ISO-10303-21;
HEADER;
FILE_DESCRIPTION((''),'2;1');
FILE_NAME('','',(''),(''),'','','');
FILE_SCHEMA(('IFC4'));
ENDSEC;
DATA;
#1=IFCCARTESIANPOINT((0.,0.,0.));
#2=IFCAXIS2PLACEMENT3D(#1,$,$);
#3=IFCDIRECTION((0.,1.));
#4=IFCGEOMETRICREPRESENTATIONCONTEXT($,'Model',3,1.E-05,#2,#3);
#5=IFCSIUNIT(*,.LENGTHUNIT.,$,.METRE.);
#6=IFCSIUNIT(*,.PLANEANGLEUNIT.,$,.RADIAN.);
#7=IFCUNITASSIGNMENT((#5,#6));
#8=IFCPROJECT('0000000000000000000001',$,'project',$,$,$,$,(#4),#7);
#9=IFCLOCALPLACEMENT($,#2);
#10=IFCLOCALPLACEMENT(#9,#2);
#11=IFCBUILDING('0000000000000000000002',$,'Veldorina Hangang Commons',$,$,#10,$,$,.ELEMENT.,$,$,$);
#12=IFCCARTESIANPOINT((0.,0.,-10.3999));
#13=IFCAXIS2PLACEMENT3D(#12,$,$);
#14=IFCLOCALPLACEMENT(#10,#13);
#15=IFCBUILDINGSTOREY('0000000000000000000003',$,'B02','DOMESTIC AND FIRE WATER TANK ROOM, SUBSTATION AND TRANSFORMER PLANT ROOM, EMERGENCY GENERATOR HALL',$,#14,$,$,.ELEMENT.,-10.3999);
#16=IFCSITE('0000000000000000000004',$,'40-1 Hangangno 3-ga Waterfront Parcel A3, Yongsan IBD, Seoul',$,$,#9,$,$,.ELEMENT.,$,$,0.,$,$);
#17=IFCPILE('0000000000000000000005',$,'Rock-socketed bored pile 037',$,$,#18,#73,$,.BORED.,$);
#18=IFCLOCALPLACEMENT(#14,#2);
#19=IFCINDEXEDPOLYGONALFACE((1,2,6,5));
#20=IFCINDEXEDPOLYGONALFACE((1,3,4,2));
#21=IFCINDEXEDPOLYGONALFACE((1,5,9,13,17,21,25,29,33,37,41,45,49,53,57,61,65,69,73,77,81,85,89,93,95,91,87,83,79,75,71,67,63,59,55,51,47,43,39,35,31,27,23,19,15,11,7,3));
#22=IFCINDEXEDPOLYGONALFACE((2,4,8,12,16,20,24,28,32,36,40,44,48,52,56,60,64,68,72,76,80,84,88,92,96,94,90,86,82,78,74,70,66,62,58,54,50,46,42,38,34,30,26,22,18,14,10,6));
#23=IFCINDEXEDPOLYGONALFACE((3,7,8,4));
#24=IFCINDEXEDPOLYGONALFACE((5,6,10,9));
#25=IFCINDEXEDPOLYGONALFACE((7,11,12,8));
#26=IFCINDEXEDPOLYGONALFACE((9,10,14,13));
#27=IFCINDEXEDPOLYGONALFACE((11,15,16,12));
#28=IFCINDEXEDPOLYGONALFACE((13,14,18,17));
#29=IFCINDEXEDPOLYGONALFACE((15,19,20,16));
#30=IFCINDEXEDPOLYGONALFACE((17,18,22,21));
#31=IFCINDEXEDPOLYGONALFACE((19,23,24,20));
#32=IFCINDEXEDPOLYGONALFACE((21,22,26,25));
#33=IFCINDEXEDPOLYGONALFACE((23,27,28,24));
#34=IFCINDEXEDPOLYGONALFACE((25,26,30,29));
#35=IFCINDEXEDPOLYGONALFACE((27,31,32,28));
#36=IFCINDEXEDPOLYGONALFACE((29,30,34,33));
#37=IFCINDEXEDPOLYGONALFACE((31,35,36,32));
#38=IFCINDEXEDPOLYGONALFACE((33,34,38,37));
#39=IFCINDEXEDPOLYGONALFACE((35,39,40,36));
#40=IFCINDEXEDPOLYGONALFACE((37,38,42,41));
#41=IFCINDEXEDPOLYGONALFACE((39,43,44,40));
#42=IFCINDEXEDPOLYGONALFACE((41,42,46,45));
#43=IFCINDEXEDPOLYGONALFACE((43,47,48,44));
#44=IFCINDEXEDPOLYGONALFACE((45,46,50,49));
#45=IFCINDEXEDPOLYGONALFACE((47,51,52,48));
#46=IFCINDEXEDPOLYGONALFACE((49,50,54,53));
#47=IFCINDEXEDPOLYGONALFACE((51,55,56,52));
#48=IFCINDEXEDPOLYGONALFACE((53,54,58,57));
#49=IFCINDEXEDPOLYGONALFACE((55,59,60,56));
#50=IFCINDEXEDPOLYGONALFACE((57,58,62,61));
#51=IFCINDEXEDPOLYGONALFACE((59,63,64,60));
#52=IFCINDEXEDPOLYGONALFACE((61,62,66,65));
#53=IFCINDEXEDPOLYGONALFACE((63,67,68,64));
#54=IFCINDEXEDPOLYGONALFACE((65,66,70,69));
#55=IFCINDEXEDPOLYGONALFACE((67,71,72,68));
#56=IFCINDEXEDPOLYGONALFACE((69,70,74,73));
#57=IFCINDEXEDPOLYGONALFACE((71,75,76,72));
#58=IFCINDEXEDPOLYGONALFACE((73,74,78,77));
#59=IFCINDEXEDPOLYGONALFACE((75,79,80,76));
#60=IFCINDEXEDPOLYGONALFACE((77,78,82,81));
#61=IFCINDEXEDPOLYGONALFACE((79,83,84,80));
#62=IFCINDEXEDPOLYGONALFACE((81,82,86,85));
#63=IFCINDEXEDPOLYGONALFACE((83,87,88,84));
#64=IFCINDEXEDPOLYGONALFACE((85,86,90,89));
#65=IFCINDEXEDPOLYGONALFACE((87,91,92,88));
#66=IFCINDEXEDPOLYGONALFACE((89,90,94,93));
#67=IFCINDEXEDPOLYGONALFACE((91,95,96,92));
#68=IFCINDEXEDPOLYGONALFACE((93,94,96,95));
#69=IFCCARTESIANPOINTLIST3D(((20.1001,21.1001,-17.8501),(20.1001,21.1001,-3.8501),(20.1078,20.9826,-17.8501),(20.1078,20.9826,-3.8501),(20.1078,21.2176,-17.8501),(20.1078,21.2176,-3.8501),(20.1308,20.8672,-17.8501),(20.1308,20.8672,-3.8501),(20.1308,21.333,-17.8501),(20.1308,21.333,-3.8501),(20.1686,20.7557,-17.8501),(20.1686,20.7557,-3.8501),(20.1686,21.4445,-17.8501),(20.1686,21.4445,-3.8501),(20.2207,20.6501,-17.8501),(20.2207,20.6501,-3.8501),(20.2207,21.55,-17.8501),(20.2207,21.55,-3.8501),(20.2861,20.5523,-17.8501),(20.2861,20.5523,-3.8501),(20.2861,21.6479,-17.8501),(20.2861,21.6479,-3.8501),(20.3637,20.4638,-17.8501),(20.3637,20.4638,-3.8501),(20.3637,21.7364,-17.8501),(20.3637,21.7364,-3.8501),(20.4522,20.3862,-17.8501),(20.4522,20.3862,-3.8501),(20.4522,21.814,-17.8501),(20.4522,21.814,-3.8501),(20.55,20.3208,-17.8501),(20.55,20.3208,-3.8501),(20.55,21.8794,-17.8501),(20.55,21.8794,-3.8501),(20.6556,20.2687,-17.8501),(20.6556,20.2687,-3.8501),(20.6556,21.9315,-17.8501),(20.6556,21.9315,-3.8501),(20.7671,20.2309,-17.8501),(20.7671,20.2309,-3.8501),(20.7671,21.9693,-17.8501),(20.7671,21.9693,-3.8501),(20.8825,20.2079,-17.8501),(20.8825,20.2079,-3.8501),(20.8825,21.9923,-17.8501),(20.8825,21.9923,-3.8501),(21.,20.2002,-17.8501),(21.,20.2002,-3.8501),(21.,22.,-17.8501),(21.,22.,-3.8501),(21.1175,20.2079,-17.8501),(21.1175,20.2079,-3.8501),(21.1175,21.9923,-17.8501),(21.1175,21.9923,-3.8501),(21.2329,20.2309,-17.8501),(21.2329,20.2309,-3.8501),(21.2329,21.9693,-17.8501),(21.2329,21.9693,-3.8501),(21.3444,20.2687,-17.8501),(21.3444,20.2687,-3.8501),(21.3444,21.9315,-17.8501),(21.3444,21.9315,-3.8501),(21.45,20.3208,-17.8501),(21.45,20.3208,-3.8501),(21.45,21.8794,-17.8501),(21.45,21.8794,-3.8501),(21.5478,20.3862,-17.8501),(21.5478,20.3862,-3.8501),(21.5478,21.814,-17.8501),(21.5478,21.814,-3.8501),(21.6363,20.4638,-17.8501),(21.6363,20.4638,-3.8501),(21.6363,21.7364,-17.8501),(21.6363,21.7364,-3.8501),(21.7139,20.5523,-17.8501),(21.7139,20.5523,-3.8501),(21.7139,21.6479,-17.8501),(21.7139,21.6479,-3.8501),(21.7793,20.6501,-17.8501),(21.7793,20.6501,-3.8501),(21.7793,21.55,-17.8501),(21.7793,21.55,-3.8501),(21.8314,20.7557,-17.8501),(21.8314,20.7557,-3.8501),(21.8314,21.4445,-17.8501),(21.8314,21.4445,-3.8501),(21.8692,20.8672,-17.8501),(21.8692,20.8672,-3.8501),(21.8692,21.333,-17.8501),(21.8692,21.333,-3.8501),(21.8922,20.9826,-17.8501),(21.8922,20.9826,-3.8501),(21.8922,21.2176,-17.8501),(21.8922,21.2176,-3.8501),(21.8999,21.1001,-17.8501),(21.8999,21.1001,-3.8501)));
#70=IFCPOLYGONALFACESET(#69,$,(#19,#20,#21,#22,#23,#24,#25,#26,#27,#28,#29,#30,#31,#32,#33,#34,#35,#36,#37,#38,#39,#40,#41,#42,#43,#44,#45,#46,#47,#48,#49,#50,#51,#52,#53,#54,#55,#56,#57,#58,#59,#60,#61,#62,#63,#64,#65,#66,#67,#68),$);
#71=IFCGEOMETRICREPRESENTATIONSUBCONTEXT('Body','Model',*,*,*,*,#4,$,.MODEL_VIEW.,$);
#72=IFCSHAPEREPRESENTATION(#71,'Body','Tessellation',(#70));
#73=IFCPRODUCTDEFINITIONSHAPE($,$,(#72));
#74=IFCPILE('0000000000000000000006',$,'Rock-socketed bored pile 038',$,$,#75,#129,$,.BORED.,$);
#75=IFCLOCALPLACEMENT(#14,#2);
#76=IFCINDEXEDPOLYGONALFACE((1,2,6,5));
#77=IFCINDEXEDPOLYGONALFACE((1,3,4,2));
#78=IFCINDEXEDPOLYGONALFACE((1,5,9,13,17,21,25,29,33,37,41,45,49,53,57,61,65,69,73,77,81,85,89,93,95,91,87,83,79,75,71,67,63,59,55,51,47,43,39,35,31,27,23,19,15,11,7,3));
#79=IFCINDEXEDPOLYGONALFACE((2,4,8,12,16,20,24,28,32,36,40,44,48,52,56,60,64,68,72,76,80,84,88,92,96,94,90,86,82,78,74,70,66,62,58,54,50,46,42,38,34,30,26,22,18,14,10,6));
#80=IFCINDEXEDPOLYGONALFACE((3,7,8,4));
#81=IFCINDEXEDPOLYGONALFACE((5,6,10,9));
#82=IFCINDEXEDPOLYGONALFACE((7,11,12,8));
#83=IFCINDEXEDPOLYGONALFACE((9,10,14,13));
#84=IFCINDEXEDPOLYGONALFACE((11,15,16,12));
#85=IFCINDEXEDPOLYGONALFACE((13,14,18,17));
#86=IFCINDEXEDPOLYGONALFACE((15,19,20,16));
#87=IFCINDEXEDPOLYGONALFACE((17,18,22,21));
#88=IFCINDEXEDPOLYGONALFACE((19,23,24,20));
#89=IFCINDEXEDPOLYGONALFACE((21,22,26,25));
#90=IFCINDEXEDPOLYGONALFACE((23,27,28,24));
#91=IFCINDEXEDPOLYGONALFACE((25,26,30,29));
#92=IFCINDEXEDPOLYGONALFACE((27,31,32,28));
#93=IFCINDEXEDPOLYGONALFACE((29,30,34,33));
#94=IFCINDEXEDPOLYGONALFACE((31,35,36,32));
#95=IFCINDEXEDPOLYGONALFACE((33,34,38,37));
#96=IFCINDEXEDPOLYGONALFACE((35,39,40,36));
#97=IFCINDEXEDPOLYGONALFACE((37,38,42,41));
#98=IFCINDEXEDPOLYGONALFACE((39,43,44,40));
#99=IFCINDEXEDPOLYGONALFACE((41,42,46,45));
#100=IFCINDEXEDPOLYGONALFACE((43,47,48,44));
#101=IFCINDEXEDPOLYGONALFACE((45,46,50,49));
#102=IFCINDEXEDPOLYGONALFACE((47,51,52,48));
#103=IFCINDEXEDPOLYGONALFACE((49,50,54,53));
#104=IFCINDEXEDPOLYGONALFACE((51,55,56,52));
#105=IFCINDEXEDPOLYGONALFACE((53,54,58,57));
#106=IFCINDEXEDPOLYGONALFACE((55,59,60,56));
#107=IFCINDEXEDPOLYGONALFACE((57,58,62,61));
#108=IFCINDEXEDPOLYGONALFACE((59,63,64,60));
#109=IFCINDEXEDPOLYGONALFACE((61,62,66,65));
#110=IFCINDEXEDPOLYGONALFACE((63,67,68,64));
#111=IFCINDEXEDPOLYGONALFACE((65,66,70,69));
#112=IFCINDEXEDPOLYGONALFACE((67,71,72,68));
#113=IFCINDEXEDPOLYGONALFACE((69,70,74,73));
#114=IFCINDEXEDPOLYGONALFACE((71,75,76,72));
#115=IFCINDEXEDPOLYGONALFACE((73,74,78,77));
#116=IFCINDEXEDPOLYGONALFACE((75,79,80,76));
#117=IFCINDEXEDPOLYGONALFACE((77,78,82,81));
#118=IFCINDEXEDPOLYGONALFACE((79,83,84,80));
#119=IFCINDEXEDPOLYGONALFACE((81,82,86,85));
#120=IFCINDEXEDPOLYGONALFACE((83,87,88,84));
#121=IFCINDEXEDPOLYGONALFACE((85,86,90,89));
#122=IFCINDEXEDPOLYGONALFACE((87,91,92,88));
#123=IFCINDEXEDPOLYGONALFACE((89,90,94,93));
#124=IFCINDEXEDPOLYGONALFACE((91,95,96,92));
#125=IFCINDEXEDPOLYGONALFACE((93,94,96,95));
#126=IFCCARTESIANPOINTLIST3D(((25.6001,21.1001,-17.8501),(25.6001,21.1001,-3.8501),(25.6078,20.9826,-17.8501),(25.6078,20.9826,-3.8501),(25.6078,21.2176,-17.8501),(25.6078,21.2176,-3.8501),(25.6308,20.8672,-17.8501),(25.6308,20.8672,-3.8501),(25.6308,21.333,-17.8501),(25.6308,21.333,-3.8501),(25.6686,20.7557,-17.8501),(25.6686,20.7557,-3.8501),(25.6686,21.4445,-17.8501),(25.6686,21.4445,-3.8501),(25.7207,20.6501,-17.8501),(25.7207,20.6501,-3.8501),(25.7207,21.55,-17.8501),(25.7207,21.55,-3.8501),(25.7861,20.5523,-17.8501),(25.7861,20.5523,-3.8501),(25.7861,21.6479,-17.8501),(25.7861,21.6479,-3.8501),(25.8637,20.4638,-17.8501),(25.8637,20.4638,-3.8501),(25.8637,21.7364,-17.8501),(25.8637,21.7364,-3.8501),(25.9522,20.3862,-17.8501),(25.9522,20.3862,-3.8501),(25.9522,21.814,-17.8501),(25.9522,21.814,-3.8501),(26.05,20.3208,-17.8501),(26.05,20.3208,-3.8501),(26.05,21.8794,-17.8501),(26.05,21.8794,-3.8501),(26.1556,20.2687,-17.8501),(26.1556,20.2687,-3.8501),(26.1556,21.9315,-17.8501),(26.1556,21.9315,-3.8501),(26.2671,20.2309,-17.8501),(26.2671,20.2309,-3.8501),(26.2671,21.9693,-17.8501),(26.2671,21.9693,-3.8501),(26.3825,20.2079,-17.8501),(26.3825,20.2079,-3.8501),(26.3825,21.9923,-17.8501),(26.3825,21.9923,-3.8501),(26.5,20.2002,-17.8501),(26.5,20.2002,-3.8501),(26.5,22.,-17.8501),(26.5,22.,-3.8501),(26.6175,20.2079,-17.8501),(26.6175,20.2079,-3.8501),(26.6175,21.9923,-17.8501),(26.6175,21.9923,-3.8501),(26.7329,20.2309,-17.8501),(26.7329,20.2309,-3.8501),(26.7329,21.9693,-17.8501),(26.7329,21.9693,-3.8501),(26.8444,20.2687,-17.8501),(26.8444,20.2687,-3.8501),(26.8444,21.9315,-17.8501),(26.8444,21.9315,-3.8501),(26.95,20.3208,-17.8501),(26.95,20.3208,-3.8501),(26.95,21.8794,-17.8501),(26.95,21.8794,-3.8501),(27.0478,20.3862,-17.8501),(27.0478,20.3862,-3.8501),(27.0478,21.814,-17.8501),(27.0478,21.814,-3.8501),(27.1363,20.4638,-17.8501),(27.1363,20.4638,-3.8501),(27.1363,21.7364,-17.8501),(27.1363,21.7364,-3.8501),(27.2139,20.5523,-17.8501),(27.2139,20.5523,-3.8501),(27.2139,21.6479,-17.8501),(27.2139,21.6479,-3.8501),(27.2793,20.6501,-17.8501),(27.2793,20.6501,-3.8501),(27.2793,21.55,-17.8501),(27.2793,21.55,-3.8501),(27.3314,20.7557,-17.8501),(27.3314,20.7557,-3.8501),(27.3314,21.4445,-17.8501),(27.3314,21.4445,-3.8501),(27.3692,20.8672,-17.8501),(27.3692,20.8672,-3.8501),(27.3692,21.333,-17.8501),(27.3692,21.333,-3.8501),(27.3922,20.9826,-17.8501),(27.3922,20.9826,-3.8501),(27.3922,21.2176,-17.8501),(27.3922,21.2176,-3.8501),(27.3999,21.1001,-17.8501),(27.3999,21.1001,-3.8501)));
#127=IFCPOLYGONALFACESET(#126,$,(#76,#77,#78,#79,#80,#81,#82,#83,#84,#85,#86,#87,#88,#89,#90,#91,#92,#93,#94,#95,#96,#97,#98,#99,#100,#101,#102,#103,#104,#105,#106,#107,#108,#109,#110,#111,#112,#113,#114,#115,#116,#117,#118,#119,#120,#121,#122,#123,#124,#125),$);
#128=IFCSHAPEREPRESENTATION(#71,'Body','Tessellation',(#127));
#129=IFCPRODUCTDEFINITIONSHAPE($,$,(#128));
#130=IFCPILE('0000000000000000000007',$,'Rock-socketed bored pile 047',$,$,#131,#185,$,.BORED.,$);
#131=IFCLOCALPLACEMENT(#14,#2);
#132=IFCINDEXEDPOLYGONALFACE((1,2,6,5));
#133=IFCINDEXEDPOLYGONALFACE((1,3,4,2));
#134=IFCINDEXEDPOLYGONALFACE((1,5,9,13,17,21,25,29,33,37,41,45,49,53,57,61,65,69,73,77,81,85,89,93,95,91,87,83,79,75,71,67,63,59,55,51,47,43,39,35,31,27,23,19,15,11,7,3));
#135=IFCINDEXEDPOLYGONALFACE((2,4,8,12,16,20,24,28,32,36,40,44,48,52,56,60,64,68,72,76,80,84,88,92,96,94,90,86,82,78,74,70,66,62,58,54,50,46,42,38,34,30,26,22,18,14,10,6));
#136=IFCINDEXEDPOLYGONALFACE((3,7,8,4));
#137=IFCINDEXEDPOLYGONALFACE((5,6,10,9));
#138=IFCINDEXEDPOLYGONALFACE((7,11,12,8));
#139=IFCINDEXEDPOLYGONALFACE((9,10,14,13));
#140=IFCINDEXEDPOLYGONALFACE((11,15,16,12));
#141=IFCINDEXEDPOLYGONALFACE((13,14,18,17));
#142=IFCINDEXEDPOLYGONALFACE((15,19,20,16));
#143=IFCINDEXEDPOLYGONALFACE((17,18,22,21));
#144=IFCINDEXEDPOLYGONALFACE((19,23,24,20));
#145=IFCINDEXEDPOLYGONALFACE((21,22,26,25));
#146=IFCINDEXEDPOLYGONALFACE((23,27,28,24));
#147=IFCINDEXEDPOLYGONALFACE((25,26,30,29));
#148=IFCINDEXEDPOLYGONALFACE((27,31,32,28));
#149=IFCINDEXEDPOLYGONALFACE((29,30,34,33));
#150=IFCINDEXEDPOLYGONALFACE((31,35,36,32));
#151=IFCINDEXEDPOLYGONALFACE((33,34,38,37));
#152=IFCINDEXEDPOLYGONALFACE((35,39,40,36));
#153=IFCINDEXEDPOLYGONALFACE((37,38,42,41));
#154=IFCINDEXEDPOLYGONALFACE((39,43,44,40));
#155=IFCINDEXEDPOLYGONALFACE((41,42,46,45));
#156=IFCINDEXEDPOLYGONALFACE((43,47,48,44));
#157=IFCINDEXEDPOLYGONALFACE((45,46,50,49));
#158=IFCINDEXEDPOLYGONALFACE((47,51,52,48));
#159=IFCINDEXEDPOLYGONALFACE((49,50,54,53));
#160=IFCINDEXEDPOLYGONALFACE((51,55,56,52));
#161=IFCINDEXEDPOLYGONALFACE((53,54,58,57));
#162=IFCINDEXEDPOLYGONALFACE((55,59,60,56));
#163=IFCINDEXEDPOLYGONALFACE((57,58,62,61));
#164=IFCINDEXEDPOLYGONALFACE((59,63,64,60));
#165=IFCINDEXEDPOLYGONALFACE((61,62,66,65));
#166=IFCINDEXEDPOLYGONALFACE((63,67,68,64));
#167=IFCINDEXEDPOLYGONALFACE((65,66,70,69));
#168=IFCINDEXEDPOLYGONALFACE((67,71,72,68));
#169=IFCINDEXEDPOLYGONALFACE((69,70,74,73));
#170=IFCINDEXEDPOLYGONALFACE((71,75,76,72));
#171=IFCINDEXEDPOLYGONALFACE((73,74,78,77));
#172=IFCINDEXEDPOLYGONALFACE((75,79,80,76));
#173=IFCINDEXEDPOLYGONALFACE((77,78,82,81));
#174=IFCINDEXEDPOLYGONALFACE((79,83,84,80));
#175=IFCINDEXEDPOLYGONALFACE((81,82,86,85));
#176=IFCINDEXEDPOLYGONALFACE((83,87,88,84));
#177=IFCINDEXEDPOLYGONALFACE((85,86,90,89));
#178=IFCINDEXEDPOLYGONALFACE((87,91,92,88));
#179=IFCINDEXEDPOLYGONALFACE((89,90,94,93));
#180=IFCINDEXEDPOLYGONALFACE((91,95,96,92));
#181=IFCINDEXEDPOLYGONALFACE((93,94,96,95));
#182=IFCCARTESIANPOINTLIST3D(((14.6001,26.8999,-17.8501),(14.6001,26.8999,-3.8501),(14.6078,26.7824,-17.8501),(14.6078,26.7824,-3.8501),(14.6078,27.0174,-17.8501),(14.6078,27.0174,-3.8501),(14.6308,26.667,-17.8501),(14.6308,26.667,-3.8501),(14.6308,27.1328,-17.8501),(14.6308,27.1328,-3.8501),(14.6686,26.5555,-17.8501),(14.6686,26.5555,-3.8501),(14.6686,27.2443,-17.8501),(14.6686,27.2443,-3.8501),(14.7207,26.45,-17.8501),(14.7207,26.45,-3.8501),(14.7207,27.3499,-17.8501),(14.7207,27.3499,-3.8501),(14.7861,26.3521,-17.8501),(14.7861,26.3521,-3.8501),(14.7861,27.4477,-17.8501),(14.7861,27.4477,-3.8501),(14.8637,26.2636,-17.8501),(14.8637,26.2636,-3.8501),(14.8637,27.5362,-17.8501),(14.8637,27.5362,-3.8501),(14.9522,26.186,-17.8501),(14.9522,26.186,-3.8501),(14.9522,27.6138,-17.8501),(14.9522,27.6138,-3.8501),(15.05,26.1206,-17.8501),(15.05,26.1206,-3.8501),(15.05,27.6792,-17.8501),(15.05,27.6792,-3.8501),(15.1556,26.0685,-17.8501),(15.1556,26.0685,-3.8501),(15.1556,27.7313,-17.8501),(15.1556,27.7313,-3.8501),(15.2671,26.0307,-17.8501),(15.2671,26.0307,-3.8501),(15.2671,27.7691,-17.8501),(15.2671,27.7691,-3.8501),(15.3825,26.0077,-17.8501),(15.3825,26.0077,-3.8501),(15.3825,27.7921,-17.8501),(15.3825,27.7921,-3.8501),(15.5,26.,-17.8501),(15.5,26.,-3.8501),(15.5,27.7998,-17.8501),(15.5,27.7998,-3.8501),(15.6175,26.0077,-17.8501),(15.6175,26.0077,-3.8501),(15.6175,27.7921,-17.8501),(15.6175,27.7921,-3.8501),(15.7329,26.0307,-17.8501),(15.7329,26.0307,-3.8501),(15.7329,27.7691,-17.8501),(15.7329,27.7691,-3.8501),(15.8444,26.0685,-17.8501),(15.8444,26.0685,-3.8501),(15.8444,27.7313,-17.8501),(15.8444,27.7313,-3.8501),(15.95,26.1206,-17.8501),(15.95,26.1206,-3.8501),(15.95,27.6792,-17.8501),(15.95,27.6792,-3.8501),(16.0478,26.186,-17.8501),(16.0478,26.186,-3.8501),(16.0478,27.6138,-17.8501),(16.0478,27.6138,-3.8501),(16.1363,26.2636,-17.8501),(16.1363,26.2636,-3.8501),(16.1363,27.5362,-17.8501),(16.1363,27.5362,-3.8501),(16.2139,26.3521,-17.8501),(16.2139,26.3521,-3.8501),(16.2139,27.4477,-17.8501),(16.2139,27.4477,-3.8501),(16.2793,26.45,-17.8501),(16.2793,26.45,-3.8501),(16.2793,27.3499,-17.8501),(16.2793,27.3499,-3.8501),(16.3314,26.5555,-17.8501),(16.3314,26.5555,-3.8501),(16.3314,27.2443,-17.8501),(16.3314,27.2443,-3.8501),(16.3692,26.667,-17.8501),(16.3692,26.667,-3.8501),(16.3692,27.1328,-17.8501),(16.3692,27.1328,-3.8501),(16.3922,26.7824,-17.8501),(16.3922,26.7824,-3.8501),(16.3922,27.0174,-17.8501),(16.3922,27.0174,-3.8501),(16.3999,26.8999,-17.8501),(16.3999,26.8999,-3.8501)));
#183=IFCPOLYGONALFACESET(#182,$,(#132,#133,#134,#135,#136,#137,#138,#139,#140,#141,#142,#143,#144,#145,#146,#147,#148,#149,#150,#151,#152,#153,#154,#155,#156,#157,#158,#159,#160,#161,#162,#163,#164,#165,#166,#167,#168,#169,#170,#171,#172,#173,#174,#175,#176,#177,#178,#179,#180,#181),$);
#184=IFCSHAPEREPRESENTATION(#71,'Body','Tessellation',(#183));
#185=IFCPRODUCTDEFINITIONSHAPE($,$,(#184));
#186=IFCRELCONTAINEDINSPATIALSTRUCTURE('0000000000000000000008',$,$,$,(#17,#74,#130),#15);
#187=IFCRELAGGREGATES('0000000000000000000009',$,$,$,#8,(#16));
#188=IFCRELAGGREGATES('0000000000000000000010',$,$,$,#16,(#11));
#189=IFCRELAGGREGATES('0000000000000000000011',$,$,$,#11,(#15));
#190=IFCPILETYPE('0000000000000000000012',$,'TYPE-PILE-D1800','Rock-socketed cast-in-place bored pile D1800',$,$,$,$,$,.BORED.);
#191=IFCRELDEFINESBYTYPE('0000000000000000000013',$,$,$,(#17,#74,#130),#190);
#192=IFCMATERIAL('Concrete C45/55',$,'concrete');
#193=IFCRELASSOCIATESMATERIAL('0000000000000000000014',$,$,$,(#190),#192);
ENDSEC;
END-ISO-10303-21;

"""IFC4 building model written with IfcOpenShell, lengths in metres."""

from ifc_helpers import new_model, si_unit, direction, frame, origin, origin_2d, place, context, subcontext, project, spatial, circle, extrude, material, material_profile, profile_set, type_object, element, save


model = new_model("IFC4")

# Units and contexts
model_context = context("Model", 3, precision=1e-05, world=origin(), true_north=direction((0.0, 1.0)))
body_context = subcontext(model_context, "Body", "Model", "MODEL_VIEW")
ifc_project = project(units=[si_unit("LENGTHUNIT", "METRE"), si_unit("PLANEANGLEUNIT", "RADIAN")], contexts=[model_context])

# Site, building, storey
site_placement = place(None, origin())
site = spatial("IfcSite", under=ifc_project, at=site_placement, Name="40-1 Hangangno 3-ga Waterfront Parcel A3, Yongsan IBD, Seoul", CompositionType="ELEMENT", RefElevation=0.0)
building_placement = place(site_placement, origin())
building = spatial("IfcBuilding", under=site, at=building_placement, Name="Veldorina Hangang Commons", CompositionType="ELEMENT")
storey_placement = place(building_placement, frame((0.0, 0.0, -10.3999)))
storey = spatial("IfcBuildingStorey", under=building, at=storey_placement, Name="B02", Description="DOMESTIC AND FIRE WATER TANK ROOM, SUBSTATION AND TRANSFORMER PLANT ROOM, EMERGENCY GENERATOR HALL", CompositionType="ELEMENT", Elevation=-10.3999)

# Piles
ifc_material_1 = material(Name="Concrete C45/55", Category="concrete")
ifc_material_profile_1 = material_profile(ifc_material_1, circle(Radius=0.8999, at=origin_2d()), Name="PILE-D1800")
ifc_profile_set_1 = profile_set([ifc_material_profile_1], Name="Concrete C45/55")
pile_type = type_object("IfcPileType", Name="TYPE-PILE-D1800", Description="Rock-socketed cast-in-place bored pile D1800", PredefinedType="BORED", material=ifc_profile_set_1)
for number, where, z_axis, x_axis, name in (
    (1, (21.0, 21.1001, -3.8501), (0.0, 0.0, -1.0), (1.0, 0.0, 0.0), "Rock-socketed bored pile 037"),
    (2, (26.5, 21.1001, -3.8501), (0.0, 0.0, -1.0), (1.0, 0.0, 0.0), "Rock-socketed bored pile 038"),
    (3, (15.5, 26.8999, -3.8501), (0.0, 0.0, -1.0), (1.0, 0.0, 0.0), "Rock-socketed bored pile 047"),
):
    element("IfcPile", number, at=place(storey_placement, frame(where, z_axis=z_axis, x_axis=x_axis)), inside=storey, type_object=pile_type, Name=name, PredefinedType="BORED", context=body_context, shape_type="SweptSolid", body=[
        extrude(circle(Radius=0.8999, at=origin_2d()), origin(), (0.0, 0.0, 1.0), 14.0),
    ])

save(model, "model.ifc")
